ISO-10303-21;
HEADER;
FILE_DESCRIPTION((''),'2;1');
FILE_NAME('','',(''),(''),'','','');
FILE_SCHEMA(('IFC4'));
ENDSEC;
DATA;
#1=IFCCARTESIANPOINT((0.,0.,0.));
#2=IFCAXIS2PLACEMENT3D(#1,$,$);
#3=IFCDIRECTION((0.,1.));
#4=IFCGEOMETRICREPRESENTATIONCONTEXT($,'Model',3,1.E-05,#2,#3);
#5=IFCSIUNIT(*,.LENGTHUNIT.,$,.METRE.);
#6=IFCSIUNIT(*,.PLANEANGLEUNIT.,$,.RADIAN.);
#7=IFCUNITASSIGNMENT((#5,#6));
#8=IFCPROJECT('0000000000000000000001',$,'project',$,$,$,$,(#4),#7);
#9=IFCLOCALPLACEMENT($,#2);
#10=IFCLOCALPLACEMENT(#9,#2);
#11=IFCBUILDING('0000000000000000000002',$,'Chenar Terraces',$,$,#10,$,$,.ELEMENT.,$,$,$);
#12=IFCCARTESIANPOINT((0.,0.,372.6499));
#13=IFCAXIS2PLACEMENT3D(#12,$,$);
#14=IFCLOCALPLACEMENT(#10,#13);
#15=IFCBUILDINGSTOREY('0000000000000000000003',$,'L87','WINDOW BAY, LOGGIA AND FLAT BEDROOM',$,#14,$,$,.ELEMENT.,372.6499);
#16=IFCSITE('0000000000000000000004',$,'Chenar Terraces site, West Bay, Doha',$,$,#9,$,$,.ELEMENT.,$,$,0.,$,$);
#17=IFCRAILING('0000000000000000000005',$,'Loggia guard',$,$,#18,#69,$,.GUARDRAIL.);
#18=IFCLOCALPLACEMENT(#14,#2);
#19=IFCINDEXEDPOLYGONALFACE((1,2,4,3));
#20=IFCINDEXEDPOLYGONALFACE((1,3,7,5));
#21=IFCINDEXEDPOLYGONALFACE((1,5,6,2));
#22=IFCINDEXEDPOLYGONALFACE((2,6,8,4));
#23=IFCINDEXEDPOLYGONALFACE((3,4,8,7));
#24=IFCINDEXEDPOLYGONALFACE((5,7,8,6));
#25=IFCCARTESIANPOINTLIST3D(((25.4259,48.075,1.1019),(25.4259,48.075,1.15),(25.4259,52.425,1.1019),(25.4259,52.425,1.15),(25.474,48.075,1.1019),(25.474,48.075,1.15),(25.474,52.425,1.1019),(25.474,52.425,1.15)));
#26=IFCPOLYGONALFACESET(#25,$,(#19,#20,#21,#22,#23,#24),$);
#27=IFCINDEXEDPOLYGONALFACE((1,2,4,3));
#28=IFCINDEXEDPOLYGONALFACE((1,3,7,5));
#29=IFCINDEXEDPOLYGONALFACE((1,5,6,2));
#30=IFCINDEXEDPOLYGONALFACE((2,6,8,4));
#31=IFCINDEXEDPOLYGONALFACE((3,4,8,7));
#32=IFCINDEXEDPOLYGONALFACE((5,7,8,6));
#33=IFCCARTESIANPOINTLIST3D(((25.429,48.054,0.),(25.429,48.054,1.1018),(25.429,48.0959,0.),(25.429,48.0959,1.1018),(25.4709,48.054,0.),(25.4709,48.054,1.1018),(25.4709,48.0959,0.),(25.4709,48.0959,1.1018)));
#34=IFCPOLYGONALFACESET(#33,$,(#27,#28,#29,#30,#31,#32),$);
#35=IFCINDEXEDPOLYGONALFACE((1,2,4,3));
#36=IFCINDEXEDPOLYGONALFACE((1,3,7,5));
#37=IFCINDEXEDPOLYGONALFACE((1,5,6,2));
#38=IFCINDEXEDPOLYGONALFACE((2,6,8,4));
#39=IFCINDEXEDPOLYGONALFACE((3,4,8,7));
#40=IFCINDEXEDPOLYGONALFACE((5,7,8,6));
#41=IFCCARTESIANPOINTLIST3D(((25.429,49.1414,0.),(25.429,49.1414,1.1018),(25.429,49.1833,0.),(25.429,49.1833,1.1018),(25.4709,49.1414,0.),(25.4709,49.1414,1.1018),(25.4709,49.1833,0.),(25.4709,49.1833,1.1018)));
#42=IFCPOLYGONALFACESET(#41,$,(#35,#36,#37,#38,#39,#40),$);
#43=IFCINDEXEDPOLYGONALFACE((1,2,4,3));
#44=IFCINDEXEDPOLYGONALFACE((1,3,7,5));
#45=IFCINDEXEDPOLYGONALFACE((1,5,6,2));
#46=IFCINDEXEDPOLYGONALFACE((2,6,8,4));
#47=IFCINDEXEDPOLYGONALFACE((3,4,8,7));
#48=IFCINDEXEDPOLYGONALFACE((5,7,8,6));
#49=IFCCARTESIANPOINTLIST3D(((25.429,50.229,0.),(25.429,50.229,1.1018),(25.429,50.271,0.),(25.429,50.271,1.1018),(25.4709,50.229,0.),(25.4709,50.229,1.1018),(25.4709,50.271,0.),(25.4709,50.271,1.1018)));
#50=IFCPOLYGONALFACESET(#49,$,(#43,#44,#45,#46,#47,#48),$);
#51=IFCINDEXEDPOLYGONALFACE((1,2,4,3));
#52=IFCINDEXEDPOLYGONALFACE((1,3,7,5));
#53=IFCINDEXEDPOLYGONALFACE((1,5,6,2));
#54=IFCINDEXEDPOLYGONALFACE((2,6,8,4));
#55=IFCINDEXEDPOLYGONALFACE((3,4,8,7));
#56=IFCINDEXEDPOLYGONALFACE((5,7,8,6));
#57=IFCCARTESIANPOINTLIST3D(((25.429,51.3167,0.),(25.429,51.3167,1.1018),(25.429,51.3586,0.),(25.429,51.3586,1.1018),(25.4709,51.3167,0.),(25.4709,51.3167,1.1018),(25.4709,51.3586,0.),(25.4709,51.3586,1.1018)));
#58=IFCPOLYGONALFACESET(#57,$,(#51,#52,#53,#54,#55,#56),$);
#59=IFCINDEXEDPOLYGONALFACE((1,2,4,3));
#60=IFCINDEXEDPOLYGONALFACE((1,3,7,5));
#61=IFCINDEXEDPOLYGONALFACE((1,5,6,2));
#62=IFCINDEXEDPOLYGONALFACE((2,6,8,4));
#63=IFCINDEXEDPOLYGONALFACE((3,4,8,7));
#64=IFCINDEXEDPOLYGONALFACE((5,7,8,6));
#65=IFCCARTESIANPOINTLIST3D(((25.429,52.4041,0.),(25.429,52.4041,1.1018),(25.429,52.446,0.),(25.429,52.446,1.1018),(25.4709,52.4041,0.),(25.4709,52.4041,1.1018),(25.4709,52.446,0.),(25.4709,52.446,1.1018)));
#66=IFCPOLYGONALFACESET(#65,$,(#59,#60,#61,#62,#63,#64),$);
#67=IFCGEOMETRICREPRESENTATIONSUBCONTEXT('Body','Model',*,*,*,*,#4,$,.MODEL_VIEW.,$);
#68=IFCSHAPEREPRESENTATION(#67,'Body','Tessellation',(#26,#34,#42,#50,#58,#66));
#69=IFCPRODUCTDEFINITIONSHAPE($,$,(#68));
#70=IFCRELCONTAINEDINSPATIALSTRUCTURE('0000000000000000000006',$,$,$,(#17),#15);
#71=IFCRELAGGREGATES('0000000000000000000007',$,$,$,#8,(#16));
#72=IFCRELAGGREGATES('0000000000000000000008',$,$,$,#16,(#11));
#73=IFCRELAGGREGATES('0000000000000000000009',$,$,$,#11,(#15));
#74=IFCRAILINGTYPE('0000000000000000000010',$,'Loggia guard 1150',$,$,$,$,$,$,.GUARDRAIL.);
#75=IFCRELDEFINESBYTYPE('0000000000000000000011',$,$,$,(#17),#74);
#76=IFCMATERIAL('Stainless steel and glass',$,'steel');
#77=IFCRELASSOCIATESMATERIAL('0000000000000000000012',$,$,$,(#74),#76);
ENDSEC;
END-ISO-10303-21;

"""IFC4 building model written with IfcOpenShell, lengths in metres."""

from ifc_helpers import new_model, si_unit, direction, frame, origin, origin_2d, place, context, subcontext, project, spatial, rectangle, extrude, material, type_object, element, save


model = new_model("IFC4")

# Units and contexts
model_context = context("Model", 3, precision=1e-05, world=origin(), true_north=direction((0.0, 1.0)))
body_context = subcontext(model_context, "Body", "Model", "MODEL_VIEW")
ifc_project = project(units=[si_unit("LENGTHUNIT", "METRE"), si_unit("PLANEANGLEUNIT", "RADIAN")], contexts=[model_context])

# Site, building, storey
site_placement = place(None, origin())
site = spatial("IfcSite", under=ifc_project, at=site_placement, Name="Chenar Terraces site, West Bay, Doha", CompositionType="ELEMENT", RefElevation=0.0)
building_placement = place(site_placement, origin())
building = spatial("IfcBuilding", under=site, at=building_placement, Name="Chenar Terraces", CompositionType="ELEMENT")
storey_placement = place(building_placement, frame((0.0, 0.0, 372.6499)))
storey = spatial("IfcBuildingStorey", under=building, at=storey_placement, Name="L87", Description="WINDOW BAY, LOGGIA AND FLAT BEDROOM", CompositionType="ELEMENT", Elevation=372.6499)

# Railing
ifc_material_1 = material(Name="Stainless steel and glass", Category="steel")
railing_type_1 = type_object("IfcRailingType", Name="Loggia guard 1150", PredefinedType="GUARDRAIL", material=ifc_material_1)
railing_1_placement = place(storey_placement, frame((25.45, 48.075, 0.0)))
element("IfcRailing", 1, at=railing_1_placement, inside=storey, type_object=railing_type_1, Name="Loggia guard", PredefinedType="GUARDRAIL", context=body_context, shape_type="SweptSolid", body=[
    extrude(rectangle(XDim=0.0481, YDim=0.0481, at=origin_2d()), frame((0.0, 0.0, 1.126), z_axis=(0.0, 1.0, 0.0), x_axis=(-1.0, 0.0, 0.0)), (0.0, 0.0, 1.0), 4.3501),
    extrude(rectangle(XDim=0.042, YDim=0.042, at=origin_2d()), origin(), (0.0, 0.0, 1.0), 1.1018),
    extrude(rectangle(XDim=0.042, YDim=0.042, at=origin_2d()), frame((0.0, 1.0874, 0.0)), (0.0, 0.0, 1.0), 1.1018),
    extrude(rectangle(XDim=0.042, YDim=0.042, at=origin_2d()), frame((0.0, 2.175, 0.0)), (0.0, 0.0, 1.0), 1.1018),
    extrude(rectangle(XDim=0.042, YDim=0.042, at=origin_2d()), frame((0.0, 3.2627, 0.0)), (0.0, 0.0, 1.0), 1.1018),
    extrude(rectangle(XDim=0.042, YDim=0.042, at=origin_2d()), frame((0.0, 4.3501, 0.0)), (0.0, 0.0, 1.0), 1.1018),
])

save(model, "model.ifc")
